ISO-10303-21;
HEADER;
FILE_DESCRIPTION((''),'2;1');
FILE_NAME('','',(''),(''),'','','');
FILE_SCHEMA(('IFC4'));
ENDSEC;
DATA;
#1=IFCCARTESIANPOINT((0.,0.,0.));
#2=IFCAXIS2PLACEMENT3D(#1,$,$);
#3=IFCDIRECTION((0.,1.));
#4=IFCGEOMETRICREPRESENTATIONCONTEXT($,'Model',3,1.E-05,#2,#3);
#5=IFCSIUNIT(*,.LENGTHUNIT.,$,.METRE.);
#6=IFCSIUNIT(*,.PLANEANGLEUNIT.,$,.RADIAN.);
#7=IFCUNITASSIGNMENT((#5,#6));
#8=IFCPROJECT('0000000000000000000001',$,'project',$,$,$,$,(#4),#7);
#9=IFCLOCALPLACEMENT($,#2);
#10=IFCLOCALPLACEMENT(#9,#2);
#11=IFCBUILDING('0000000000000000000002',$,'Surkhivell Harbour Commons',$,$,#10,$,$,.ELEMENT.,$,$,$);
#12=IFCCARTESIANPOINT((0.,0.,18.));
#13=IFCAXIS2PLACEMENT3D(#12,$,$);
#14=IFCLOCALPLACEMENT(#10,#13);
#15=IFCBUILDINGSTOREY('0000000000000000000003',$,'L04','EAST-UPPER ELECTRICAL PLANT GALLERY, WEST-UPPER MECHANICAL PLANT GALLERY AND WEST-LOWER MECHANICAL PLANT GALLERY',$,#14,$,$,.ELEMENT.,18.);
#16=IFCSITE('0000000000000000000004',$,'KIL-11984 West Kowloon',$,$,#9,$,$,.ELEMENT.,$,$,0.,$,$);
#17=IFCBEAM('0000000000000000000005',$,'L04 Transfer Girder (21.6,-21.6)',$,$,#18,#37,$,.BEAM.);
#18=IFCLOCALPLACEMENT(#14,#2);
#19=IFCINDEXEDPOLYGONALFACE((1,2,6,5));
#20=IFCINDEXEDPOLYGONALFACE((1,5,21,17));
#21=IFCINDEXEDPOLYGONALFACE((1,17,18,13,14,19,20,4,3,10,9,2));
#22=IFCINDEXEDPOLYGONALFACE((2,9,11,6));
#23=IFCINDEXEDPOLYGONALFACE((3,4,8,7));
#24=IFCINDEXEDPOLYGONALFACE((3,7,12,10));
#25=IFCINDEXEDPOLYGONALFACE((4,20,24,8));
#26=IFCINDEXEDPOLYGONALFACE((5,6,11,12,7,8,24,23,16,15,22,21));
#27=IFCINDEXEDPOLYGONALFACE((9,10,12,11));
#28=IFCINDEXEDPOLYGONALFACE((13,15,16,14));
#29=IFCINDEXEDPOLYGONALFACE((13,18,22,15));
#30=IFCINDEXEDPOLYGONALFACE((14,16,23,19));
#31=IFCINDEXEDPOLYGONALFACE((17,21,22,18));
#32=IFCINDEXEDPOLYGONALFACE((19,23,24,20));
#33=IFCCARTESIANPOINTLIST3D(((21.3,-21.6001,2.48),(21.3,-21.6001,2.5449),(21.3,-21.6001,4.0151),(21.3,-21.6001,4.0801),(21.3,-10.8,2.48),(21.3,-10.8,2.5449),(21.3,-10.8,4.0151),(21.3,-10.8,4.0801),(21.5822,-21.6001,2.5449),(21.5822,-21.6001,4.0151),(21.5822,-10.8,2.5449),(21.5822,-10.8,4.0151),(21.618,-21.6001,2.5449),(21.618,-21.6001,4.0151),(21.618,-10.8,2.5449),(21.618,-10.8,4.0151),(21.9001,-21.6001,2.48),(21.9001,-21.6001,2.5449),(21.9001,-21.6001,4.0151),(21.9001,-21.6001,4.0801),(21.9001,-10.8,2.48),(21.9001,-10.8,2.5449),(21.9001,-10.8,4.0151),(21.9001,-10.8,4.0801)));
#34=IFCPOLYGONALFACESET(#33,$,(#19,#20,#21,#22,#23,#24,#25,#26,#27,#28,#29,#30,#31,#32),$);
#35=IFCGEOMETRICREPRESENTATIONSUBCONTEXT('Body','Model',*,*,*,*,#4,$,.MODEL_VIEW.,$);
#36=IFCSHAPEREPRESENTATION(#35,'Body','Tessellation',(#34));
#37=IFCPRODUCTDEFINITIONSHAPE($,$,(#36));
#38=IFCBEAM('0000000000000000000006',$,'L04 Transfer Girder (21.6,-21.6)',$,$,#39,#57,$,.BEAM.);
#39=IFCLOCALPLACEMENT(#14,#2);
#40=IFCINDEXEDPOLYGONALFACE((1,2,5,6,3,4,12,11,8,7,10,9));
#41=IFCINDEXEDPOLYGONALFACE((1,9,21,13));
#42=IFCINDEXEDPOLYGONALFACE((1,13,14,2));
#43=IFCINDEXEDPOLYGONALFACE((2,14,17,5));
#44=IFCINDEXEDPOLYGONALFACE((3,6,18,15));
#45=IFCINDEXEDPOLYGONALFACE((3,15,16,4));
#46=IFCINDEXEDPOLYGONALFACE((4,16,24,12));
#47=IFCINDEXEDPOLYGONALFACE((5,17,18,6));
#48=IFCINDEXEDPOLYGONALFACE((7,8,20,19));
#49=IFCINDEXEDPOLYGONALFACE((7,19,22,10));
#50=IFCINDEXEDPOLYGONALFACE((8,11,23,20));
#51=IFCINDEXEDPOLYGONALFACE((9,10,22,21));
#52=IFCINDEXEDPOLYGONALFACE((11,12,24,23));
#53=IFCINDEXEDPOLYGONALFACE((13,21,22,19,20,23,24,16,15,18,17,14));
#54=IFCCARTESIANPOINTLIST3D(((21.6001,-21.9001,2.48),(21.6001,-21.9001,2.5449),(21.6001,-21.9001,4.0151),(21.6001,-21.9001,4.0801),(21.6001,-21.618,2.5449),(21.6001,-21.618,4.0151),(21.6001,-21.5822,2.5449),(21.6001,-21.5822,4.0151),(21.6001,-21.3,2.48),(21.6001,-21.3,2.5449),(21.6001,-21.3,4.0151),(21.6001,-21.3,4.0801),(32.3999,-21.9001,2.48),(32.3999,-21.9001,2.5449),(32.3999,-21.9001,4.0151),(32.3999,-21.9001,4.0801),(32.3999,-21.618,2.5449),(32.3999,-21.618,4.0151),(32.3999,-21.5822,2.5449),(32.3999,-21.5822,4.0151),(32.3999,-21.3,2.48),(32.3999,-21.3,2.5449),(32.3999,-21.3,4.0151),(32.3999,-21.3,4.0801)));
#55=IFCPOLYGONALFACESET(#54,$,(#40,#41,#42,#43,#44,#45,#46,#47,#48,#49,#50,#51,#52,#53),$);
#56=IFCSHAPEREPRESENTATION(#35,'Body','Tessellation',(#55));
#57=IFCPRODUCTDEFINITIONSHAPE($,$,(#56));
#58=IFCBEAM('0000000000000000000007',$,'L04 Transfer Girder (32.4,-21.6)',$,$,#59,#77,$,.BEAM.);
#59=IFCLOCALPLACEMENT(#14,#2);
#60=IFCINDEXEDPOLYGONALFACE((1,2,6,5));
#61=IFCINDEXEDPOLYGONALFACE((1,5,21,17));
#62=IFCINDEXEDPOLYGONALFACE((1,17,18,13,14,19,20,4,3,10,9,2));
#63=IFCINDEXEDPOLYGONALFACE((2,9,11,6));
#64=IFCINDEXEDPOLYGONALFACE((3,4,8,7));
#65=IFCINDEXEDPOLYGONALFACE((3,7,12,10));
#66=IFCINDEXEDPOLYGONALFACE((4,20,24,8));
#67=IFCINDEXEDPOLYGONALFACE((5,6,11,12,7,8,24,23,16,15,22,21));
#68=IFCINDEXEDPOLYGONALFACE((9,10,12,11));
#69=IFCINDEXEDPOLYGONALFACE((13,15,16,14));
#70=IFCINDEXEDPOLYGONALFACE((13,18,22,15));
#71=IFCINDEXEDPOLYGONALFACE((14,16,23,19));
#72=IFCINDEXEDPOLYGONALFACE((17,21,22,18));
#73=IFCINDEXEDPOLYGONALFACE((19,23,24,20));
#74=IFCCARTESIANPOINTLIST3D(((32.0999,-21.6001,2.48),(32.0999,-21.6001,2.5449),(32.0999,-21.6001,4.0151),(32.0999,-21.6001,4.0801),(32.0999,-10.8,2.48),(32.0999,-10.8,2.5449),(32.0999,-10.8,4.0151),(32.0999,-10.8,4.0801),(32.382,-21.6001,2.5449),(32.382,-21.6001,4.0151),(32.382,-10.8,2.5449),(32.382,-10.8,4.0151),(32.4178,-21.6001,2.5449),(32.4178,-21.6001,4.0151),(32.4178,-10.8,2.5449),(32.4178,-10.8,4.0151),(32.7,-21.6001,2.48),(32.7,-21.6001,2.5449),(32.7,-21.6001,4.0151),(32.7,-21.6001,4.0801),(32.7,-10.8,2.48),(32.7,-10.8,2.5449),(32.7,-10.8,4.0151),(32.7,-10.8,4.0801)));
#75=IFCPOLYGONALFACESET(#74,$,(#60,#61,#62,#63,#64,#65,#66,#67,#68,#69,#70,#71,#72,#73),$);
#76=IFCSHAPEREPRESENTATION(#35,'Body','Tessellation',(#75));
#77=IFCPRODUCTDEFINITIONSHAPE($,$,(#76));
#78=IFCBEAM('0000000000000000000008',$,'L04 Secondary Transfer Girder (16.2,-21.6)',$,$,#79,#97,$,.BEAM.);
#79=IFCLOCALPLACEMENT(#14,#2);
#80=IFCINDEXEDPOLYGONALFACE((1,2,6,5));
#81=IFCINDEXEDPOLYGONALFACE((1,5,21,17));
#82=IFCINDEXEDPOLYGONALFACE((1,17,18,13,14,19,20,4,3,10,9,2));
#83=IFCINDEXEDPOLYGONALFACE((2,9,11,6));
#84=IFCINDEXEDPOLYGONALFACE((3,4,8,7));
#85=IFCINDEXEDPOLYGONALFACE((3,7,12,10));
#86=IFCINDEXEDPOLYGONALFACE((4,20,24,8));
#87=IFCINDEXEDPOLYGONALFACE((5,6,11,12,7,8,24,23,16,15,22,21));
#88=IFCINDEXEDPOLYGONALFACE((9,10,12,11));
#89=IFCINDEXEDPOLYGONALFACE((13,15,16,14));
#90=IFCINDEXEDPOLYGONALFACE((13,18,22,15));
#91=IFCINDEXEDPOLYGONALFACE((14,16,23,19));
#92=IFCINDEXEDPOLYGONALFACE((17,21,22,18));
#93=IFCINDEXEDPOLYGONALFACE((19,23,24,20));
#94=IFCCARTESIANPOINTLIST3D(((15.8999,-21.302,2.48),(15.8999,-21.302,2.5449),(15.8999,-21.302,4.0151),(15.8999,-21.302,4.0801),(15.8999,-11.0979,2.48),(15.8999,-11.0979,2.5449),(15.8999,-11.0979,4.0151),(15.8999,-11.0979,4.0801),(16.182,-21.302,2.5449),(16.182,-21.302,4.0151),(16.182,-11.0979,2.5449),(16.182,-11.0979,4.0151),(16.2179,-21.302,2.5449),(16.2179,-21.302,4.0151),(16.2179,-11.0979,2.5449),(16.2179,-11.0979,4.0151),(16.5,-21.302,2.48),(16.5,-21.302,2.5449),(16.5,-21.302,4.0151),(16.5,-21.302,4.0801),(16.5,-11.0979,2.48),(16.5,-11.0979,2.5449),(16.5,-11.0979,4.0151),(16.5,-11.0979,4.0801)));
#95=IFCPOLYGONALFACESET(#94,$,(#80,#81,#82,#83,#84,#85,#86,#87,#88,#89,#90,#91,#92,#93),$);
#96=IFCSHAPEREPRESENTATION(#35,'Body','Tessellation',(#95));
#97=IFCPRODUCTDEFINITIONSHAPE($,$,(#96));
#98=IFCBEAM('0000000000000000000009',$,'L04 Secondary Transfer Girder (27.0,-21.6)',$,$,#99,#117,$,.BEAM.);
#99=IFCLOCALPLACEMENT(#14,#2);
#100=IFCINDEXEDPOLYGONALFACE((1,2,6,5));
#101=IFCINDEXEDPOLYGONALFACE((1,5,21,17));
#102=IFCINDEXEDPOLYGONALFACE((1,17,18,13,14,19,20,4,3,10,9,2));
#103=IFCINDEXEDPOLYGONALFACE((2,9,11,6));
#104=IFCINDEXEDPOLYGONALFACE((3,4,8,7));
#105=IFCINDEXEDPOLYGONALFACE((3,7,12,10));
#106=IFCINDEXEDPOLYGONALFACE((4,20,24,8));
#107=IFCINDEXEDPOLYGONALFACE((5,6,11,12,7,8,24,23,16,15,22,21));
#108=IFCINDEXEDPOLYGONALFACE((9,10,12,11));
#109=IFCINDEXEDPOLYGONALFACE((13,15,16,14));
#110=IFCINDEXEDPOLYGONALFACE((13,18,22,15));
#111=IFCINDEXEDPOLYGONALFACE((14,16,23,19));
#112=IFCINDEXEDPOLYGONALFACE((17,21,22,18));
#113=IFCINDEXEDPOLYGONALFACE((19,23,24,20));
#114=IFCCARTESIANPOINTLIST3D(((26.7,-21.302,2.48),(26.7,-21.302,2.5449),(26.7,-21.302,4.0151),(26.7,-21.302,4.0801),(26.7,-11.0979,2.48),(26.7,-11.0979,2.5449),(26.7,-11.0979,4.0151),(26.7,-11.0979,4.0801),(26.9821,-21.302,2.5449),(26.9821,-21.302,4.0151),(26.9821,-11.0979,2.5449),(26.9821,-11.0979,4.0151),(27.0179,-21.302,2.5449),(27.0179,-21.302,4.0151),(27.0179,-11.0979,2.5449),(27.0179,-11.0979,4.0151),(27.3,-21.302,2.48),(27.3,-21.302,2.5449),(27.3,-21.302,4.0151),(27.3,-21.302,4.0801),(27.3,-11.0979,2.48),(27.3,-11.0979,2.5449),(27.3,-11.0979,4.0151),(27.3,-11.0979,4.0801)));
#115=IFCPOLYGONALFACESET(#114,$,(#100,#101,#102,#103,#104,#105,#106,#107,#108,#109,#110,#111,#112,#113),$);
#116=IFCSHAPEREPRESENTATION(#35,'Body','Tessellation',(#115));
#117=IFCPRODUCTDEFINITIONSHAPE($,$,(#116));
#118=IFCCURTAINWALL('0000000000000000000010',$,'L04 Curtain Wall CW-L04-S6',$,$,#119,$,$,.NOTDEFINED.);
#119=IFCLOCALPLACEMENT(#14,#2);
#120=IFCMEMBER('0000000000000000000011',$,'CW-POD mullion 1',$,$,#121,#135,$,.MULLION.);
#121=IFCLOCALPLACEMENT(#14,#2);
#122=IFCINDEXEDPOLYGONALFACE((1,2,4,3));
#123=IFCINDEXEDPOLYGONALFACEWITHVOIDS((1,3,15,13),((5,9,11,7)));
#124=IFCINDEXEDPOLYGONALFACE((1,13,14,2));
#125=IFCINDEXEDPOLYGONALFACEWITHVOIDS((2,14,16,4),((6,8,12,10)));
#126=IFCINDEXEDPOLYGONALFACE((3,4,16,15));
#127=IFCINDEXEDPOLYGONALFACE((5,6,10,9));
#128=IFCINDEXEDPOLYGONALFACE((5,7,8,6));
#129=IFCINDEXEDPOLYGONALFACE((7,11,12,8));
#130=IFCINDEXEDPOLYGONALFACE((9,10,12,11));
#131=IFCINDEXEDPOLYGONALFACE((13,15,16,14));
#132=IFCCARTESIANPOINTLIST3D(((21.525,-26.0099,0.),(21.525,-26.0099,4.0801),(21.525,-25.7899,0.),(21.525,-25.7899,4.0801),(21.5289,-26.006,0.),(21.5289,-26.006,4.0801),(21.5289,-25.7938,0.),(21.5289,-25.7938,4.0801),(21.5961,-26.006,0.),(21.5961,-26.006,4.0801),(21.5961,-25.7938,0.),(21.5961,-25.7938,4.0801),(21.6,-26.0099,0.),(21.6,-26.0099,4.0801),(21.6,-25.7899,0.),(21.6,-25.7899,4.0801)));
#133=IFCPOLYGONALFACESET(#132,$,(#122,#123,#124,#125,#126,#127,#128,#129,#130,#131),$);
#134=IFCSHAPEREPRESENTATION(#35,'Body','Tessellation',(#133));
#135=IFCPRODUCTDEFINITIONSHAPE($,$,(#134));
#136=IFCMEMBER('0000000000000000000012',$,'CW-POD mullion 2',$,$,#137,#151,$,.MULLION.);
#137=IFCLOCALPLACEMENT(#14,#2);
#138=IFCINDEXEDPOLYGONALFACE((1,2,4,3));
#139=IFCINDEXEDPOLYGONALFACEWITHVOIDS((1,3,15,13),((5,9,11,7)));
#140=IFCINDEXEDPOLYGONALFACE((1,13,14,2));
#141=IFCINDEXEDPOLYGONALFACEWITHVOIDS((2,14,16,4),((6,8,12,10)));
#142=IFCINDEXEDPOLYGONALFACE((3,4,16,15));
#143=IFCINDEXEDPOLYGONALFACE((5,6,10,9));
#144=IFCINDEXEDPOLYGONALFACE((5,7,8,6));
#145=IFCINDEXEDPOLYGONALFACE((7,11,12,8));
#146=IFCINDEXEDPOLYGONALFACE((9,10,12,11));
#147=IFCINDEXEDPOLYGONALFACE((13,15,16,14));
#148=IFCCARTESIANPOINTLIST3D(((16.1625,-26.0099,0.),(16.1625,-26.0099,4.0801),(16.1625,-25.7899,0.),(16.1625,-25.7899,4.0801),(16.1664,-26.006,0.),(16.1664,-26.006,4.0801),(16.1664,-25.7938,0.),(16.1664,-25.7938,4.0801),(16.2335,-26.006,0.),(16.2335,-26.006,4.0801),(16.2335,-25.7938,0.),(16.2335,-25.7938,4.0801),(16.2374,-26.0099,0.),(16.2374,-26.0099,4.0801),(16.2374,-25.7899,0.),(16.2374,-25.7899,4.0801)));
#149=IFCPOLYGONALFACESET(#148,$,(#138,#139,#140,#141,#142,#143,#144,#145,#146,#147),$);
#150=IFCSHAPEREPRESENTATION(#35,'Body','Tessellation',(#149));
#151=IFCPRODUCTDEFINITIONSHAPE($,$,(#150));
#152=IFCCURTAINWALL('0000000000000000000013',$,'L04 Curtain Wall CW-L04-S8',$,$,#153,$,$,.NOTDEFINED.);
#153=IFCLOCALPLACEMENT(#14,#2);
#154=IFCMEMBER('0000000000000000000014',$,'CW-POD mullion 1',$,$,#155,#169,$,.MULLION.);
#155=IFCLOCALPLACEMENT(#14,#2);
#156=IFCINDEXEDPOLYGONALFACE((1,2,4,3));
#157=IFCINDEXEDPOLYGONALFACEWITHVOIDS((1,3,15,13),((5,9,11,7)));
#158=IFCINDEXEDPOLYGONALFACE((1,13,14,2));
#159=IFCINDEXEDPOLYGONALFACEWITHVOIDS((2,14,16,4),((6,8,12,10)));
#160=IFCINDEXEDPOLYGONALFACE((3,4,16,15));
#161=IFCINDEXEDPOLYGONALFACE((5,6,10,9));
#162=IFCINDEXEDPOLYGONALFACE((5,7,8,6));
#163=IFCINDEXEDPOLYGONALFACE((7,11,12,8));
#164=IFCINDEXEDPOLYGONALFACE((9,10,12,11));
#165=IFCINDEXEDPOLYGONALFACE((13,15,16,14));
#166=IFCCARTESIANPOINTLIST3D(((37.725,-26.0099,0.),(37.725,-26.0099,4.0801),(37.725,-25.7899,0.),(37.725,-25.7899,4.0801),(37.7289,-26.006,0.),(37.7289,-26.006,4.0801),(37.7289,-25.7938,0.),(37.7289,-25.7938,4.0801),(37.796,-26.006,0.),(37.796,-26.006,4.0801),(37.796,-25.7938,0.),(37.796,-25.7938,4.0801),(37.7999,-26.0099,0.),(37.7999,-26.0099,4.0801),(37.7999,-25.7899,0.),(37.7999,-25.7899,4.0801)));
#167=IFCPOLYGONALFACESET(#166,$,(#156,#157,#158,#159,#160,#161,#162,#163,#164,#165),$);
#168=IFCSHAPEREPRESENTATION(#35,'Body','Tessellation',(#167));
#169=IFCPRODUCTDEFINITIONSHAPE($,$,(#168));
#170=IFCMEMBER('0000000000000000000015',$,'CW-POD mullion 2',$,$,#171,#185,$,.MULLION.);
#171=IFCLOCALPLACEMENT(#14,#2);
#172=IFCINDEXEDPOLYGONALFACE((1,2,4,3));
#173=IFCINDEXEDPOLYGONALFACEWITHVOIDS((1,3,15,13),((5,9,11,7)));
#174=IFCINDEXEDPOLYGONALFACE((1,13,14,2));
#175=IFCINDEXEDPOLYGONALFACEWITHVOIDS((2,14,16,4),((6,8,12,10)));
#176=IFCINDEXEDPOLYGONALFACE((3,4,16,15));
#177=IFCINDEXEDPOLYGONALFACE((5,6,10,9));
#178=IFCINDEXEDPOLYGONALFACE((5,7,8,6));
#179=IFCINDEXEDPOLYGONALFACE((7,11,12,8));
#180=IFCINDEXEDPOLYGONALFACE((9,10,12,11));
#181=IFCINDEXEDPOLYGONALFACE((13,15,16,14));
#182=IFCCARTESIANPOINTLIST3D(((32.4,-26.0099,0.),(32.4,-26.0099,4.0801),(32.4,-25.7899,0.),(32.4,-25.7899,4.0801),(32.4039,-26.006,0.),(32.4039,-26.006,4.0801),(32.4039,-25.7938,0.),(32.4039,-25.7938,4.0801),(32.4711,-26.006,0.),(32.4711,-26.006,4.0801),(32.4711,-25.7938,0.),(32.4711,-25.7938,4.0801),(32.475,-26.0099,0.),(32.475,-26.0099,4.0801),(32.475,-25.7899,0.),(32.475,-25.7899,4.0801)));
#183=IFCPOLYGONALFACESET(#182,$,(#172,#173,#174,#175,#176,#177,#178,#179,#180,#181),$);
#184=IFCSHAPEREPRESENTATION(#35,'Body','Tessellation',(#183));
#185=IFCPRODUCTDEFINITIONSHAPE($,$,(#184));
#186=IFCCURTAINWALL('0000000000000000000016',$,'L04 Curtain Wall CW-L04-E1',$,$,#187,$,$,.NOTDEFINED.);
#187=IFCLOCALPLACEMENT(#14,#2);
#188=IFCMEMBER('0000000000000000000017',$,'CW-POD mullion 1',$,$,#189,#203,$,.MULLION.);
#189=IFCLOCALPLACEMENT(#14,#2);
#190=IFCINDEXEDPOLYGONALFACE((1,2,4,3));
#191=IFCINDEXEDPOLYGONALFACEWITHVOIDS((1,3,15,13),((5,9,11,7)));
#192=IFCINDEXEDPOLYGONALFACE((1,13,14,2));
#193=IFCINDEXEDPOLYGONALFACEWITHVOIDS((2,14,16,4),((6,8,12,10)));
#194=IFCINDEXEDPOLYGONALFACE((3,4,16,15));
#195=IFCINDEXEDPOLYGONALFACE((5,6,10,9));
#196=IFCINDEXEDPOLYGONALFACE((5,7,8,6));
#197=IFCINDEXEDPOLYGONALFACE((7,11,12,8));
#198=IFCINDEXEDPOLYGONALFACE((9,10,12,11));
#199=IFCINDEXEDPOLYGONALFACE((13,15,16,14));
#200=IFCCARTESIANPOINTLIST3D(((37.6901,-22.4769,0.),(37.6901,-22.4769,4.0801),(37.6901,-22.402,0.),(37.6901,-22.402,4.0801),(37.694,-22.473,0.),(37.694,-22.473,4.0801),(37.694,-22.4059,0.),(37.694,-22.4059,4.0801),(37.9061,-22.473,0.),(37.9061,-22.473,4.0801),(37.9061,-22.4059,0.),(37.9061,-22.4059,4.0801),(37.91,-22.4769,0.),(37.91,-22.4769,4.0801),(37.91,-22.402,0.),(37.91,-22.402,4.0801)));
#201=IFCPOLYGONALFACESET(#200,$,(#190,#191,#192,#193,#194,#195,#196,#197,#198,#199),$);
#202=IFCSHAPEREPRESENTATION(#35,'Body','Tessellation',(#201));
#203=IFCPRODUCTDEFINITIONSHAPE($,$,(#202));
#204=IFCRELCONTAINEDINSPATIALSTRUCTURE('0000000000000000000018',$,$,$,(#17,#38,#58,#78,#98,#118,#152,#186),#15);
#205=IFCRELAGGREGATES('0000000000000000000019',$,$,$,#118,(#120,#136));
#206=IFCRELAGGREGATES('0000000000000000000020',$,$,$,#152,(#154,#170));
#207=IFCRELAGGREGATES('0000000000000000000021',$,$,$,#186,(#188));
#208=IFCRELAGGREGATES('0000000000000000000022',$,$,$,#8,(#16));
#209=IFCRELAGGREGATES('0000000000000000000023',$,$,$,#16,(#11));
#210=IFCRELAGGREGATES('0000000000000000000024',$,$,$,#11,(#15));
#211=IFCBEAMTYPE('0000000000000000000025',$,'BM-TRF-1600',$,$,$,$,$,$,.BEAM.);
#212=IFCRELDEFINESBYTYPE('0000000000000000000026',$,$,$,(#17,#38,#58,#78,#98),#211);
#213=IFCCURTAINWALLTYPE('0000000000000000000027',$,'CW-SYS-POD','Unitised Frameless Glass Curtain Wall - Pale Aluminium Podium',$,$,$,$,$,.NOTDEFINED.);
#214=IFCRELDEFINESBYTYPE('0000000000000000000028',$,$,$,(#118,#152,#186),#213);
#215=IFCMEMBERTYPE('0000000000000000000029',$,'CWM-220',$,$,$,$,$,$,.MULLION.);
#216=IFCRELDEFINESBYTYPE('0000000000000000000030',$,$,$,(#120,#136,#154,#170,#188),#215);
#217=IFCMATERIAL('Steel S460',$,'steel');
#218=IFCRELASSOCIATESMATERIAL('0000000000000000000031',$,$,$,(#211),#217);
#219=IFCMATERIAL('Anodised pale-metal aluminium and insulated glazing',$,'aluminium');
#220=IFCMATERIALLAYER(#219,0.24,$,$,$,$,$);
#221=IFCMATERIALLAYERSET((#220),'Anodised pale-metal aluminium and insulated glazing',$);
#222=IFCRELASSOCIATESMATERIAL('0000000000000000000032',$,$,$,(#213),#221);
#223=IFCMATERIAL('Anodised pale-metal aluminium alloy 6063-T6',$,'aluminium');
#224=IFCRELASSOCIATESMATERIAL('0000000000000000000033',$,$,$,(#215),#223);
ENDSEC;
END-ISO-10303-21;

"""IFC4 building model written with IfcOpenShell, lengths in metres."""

from ifc_helpers import new_model, si_unit, direction, frame, origin, origin_2d, place, context, subcontext, project, spatial, hollow_rectangle, i_section, extrude, material, layer, layer_set, material_profile, profile_set, type_object, element, aggregate, save


model = new_model("IFC4")

# Units and contexts
model_context = context("Model", 3, precision=1e-05, world=origin(), true_north=direction((0.0, 1.0)))
body_context = subcontext(model_context, "Body", "Model", "MODEL_VIEW")
ifc_project = project(units=[si_unit("LENGTHUNIT", "METRE"), si_unit("PLANEANGLEUNIT", "RADIAN")], contexts=[model_context])

# Site, building, storey
site_placement = place(None, origin())
site = spatial("IfcSite", under=ifc_project, at=site_placement, Name="KIL-11984 West Kowloon", CompositionType="ELEMENT", RefElevation=0.0)
building_placement = place(site_placement, origin())
building = spatial("IfcBuilding", under=site, at=building_placement, Name="Surkhivell Harbour Commons", CompositionType="ELEMENT")
storey_placement = place(building_placement, frame((0.0, 0.0, 18.0)))
storey = spatial("IfcBuildingStorey", under=building, at=storey_placement, Name="L04", Description="EAST-UPPER ELECTRICAL PLANT GALLERY, WEST-UPPER MECHANICAL PLANT GALLERY AND WEST-LOWER MECHANICAL PLANT GALLERY", CompositionType="ELEMENT", Elevation=18.0)

# Beams
ifc_material_1 = material(Name="Steel S460", Category="steel")
ifc_material_profile_1 = material_profile(ifc_material_1, i_section(OverallWidth=0.6001, OverallDepth=1.6001, WebThickness=0.0359, FlangeThickness=0.0649, at=origin_2d()), Name="WPG1600x600x296")
ifc_profile_set_1 = profile_set([ifc_material_profile_1], Name="Steel S460")
beam_type_1 = type_object("IfcBeamType", Name="BM-TRF-1600", PredefinedType="BEAM", material=ifc_profile_set_1)
beam_1_placement = place(storey_placement, frame((21.6001, -21.6001, 3.28), z_axis=(0.0, 1.0, 0.0), x_axis=(-1.0, 0.0, 0.0)))
element("IfcBeam", 1, at=beam_1_placement, inside=storey, type_object=beam_type_1, Name="L04 Transfer Girder (21.6,-21.6)", PredefinedType="BEAM", context=body_context, shape_type="SweptSolid", body=[
    extrude(i_section(OverallWidth=0.6001, OverallDepth=1.6001, WebThickness=0.0359, FlangeThickness=0.0649, at=origin_2d()), origin(), (0.0, 0.0, 1.0), 10.8),
])
beam_2_placement = place(storey_placement, frame((21.6001, -21.6001, 3.28), z_axis=(1.0, 0.0, 0.0), x_axis=(0.0, 1.0, 0.0)))
element("IfcBeam", 2, at=beam_2_placement, inside=storey, type_object=beam_type_1, Name="L04 Transfer Girder (21.6,-21.6)", PredefinedType="BEAM", context=body_context, shape_type="SweptSolid", body=[
    extrude(i_section(OverallWidth=0.6001, OverallDepth=1.6001, WebThickness=0.0359, FlangeThickness=0.0649, at=origin_2d()), origin(), (0.0, 0.0, 1.0), 10.7998),
])
beam_3_placement = place(storey_placement, frame((32.3999, -21.6001, 3.28), z_axis=(0.0, 1.0, 0.0), x_axis=(-1.0, 0.0, 0.0)))
element("IfcBeam", 3, at=beam_3_placement, inside=storey, type_object=beam_type_1, Name="L04 Transfer Girder (32.4,-21.6)", PredefinedType="BEAM", context=body_context, shape_type="SweptSolid", body=[
    extrude(i_section(OverallWidth=0.6001, OverallDepth=1.6001, WebThickness=0.0359, FlangeThickness=0.0649, at=origin_2d()), origin(), (0.0, 0.0, 1.0), 10.8),
])
for number, where, z_axis, x_axis, name in (
    (4, (16.2, -21.302, 3.28), (0.0, 1.0, 0.0), (-1.0, 0.0, 0.0), "L04 Secondary Transfer Girder (16.2,-21.6)"),
    (5, (27.0, -21.302, 3.28), (0.0, 1.0, 0.0), (-1.0, 0.0, 0.0), "L04 Secondary Transfer Girder (27.0,-21.6)"),
):
    element("IfcBeam", number, at=place(storey_placement, frame(where, z_axis=z_axis, x_axis=x_axis)), inside=storey, type_object=beam_type_1, Name=name, PredefinedType="BEAM", context=body_context, shape_type="SweptSolid", body=[
        extrude(i_section(OverallWidth=0.6001, OverallDepth=1.6001, WebThickness=0.0359, FlangeThickness=0.0649, at=origin_2d()), origin(), (0.0, 0.0, 1.0), 10.2041),
    ])

# Curtain walls, members
ifc_material_2 = material(Name="Anodised pale-metal aluminium and insulated glazing", Category="aluminium")
ifc_layer_1 = layer(ifc_material_2, 0.24)
ifc_layer_set_1 = layer_set([ifc_layer_1], Name="Anodised pale-metal aluminium and insulated glazing")
curtain_wall_type = type_object("IfcCurtainWallType", Name="CW-SYS-POD", Description="Unitised Frameless Glass Curtain Wall - Pale Aluminium Podium", PredefinedType="NOTDEFINED", material=ifc_layer_set_1)
curtain_wall_1_placement = place(storey_placement, origin())
curtain_wall_1 = element("IfcCurtainWall", 6, at=curtain_wall_1_placement, inside=storey, type_object=curtain_wall_type, Name="L04 Curtain Wall CW-L04-S6", PredefinedType="NOTDEFINED")
ifc_material_3 = material(Name="Anodised pale-metal aluminium alloy 6063-T6", Category="aluminium")
ifc_material_profile_2 = material_profile(ifc_material_3, hollow_rectangle(XDim=0.075, YDim=0.22, WallThickness=0.0039, at=origin_2d()), Name="ALU-MULL-75x220")
ifc_profile_set_2 = profile_set([ifc_material_profile_2], Name="Anodised pale-metal aluminium alloy 6063-T6")
member_type_1 = type_object("IfcMemberType", Name="CWM-220", PredefinedType="MULLION", material=ifc_profile_set_2)
member_1_placement = place(storey_placement, frame((21.5625, -25.8999, 0.0), z_axis=(0.0, 0.0, 1.0), x_axis=(-1.0, 0.0, 0.0)))
member_1 = element("IfcMember", 7, at=member_1_placement, type_object=member_type_1, Name="CW-POD mullion 1", PredefinedType="MULLION", context=body_context, shape_type="SweptSolid", body=[
    extrude(hollow_rectangle(XDim=0.075, YDim=0.22, WallThickness=0.0039, at=origin_2d()), origin(), (0.0, 0.0, 1.0), 4.0801),
])
member_2_placement = place(storey_placement, frame((16.2, -25.8999, 0.0), z_axis=(0.0, 0.0, 1.0), x_axis=(-1.0, 0.0, 0.0)))
member_2 = element("IfcMember", 8, at=member_2_placement, type_object=member_type_1, Name="CW-POD mullion 2", PredefinedType="MULLION", context=body_context, shape_type="SweptSolid", body=[
    extrude(hollow_rectangle(XDim=0.075, YDim=0.22, WallThickness=0.0039, at=origin_2d()), origin(), (0.0, 0.0, 1.0), 4.0801),
])
curtain_wall_2_placement = place(storey_placement, origin())
curtain_wall_2 = element("IfcCurtainWall", 9, at=curtain_wall_2_placement, inside=storey, type_object=curtain_wall_type, Name="L04 Curtain Wall CW-L04-S8", PredefinedType="NOTDEFINED")
member_3_placement = place(storey_placement, frame((37.7625, -25.8999, 0.0), z_axis=(0.0, 0.0, 1.0), x_axis=(-1.0, 0.0, 0.0)))
member_3 = element("IfcMember", 10, at=member_3_placement, type_object=member_type_1, Name="CW-POD mullion 1", PredefinedType="MULLION", context=body_context, shape_type="SweptSolid", body=[
    extrude(hollow_rectangle(XDim=0.075, YDim=0.22, WallThickness=0.0039, at=origin_2d()), origin(), (0.0, 0.0, 1.0), 4.0801),
])
member_4_placement = place(storey_placement, frame((32.4375, -25.8999, 0.0), z_axis=(0.0, 0.0, 1.0), x_axis=(-1.0, 0.0, 0.0)))
member_4 = element("IfcMember", 11, at=member_4_placement, type_object=member_type_1, Name="CW-POD mullion 2", PredefinedType="MULLION", context=body_context, shape_type="SweptSolid", body=[
    extrude(hollow_rectangle(XDim=0.075, YDim=0.22, WallThickness=0.0039, at=origin_2d()), origin(), (0.0, 0.0, 1.0), 4.0801),
])
curtain_wall_3_placement = place(storey_placement, origin())
curtain_wall_3 = element("IfcCurtainWall", 12, at=curtain_wall_3_placement, inside=storey, type_object=curtain_wall_type, Name="L04 Curtain Wall CW-L04-E1", PredefinedType="NOTDEFINED")
member_5_placement = place(storey_placement, frame((37.8, -22.4395, 0.0), z_axis=(0.0, 0.0, 1.0), x_axis=(0.0, -1.0, 0.0)))
member_5 = element("IfcMember", 13, at=member_5_placement, type_object=member_type_1, Name="CW-POD mullion 1", PredefinedType="MULLION", context=body_context, shape_type="SweptSolid", body=[
    extrude(hollow_rectangle(XDim=0.075, YDim=0.22, WallThickness=0.0039, at=origin_2d()), origin(), (0.0, 0.0, 1.0), 4.0801),
])

aggregate(curtain_wall_1, [member_1, member_2])
aggregate(curtain_wall_2, [member_3, member_4])
aggregate(curtain_wall_3, [member_5])

save(model, "model.ifc")
